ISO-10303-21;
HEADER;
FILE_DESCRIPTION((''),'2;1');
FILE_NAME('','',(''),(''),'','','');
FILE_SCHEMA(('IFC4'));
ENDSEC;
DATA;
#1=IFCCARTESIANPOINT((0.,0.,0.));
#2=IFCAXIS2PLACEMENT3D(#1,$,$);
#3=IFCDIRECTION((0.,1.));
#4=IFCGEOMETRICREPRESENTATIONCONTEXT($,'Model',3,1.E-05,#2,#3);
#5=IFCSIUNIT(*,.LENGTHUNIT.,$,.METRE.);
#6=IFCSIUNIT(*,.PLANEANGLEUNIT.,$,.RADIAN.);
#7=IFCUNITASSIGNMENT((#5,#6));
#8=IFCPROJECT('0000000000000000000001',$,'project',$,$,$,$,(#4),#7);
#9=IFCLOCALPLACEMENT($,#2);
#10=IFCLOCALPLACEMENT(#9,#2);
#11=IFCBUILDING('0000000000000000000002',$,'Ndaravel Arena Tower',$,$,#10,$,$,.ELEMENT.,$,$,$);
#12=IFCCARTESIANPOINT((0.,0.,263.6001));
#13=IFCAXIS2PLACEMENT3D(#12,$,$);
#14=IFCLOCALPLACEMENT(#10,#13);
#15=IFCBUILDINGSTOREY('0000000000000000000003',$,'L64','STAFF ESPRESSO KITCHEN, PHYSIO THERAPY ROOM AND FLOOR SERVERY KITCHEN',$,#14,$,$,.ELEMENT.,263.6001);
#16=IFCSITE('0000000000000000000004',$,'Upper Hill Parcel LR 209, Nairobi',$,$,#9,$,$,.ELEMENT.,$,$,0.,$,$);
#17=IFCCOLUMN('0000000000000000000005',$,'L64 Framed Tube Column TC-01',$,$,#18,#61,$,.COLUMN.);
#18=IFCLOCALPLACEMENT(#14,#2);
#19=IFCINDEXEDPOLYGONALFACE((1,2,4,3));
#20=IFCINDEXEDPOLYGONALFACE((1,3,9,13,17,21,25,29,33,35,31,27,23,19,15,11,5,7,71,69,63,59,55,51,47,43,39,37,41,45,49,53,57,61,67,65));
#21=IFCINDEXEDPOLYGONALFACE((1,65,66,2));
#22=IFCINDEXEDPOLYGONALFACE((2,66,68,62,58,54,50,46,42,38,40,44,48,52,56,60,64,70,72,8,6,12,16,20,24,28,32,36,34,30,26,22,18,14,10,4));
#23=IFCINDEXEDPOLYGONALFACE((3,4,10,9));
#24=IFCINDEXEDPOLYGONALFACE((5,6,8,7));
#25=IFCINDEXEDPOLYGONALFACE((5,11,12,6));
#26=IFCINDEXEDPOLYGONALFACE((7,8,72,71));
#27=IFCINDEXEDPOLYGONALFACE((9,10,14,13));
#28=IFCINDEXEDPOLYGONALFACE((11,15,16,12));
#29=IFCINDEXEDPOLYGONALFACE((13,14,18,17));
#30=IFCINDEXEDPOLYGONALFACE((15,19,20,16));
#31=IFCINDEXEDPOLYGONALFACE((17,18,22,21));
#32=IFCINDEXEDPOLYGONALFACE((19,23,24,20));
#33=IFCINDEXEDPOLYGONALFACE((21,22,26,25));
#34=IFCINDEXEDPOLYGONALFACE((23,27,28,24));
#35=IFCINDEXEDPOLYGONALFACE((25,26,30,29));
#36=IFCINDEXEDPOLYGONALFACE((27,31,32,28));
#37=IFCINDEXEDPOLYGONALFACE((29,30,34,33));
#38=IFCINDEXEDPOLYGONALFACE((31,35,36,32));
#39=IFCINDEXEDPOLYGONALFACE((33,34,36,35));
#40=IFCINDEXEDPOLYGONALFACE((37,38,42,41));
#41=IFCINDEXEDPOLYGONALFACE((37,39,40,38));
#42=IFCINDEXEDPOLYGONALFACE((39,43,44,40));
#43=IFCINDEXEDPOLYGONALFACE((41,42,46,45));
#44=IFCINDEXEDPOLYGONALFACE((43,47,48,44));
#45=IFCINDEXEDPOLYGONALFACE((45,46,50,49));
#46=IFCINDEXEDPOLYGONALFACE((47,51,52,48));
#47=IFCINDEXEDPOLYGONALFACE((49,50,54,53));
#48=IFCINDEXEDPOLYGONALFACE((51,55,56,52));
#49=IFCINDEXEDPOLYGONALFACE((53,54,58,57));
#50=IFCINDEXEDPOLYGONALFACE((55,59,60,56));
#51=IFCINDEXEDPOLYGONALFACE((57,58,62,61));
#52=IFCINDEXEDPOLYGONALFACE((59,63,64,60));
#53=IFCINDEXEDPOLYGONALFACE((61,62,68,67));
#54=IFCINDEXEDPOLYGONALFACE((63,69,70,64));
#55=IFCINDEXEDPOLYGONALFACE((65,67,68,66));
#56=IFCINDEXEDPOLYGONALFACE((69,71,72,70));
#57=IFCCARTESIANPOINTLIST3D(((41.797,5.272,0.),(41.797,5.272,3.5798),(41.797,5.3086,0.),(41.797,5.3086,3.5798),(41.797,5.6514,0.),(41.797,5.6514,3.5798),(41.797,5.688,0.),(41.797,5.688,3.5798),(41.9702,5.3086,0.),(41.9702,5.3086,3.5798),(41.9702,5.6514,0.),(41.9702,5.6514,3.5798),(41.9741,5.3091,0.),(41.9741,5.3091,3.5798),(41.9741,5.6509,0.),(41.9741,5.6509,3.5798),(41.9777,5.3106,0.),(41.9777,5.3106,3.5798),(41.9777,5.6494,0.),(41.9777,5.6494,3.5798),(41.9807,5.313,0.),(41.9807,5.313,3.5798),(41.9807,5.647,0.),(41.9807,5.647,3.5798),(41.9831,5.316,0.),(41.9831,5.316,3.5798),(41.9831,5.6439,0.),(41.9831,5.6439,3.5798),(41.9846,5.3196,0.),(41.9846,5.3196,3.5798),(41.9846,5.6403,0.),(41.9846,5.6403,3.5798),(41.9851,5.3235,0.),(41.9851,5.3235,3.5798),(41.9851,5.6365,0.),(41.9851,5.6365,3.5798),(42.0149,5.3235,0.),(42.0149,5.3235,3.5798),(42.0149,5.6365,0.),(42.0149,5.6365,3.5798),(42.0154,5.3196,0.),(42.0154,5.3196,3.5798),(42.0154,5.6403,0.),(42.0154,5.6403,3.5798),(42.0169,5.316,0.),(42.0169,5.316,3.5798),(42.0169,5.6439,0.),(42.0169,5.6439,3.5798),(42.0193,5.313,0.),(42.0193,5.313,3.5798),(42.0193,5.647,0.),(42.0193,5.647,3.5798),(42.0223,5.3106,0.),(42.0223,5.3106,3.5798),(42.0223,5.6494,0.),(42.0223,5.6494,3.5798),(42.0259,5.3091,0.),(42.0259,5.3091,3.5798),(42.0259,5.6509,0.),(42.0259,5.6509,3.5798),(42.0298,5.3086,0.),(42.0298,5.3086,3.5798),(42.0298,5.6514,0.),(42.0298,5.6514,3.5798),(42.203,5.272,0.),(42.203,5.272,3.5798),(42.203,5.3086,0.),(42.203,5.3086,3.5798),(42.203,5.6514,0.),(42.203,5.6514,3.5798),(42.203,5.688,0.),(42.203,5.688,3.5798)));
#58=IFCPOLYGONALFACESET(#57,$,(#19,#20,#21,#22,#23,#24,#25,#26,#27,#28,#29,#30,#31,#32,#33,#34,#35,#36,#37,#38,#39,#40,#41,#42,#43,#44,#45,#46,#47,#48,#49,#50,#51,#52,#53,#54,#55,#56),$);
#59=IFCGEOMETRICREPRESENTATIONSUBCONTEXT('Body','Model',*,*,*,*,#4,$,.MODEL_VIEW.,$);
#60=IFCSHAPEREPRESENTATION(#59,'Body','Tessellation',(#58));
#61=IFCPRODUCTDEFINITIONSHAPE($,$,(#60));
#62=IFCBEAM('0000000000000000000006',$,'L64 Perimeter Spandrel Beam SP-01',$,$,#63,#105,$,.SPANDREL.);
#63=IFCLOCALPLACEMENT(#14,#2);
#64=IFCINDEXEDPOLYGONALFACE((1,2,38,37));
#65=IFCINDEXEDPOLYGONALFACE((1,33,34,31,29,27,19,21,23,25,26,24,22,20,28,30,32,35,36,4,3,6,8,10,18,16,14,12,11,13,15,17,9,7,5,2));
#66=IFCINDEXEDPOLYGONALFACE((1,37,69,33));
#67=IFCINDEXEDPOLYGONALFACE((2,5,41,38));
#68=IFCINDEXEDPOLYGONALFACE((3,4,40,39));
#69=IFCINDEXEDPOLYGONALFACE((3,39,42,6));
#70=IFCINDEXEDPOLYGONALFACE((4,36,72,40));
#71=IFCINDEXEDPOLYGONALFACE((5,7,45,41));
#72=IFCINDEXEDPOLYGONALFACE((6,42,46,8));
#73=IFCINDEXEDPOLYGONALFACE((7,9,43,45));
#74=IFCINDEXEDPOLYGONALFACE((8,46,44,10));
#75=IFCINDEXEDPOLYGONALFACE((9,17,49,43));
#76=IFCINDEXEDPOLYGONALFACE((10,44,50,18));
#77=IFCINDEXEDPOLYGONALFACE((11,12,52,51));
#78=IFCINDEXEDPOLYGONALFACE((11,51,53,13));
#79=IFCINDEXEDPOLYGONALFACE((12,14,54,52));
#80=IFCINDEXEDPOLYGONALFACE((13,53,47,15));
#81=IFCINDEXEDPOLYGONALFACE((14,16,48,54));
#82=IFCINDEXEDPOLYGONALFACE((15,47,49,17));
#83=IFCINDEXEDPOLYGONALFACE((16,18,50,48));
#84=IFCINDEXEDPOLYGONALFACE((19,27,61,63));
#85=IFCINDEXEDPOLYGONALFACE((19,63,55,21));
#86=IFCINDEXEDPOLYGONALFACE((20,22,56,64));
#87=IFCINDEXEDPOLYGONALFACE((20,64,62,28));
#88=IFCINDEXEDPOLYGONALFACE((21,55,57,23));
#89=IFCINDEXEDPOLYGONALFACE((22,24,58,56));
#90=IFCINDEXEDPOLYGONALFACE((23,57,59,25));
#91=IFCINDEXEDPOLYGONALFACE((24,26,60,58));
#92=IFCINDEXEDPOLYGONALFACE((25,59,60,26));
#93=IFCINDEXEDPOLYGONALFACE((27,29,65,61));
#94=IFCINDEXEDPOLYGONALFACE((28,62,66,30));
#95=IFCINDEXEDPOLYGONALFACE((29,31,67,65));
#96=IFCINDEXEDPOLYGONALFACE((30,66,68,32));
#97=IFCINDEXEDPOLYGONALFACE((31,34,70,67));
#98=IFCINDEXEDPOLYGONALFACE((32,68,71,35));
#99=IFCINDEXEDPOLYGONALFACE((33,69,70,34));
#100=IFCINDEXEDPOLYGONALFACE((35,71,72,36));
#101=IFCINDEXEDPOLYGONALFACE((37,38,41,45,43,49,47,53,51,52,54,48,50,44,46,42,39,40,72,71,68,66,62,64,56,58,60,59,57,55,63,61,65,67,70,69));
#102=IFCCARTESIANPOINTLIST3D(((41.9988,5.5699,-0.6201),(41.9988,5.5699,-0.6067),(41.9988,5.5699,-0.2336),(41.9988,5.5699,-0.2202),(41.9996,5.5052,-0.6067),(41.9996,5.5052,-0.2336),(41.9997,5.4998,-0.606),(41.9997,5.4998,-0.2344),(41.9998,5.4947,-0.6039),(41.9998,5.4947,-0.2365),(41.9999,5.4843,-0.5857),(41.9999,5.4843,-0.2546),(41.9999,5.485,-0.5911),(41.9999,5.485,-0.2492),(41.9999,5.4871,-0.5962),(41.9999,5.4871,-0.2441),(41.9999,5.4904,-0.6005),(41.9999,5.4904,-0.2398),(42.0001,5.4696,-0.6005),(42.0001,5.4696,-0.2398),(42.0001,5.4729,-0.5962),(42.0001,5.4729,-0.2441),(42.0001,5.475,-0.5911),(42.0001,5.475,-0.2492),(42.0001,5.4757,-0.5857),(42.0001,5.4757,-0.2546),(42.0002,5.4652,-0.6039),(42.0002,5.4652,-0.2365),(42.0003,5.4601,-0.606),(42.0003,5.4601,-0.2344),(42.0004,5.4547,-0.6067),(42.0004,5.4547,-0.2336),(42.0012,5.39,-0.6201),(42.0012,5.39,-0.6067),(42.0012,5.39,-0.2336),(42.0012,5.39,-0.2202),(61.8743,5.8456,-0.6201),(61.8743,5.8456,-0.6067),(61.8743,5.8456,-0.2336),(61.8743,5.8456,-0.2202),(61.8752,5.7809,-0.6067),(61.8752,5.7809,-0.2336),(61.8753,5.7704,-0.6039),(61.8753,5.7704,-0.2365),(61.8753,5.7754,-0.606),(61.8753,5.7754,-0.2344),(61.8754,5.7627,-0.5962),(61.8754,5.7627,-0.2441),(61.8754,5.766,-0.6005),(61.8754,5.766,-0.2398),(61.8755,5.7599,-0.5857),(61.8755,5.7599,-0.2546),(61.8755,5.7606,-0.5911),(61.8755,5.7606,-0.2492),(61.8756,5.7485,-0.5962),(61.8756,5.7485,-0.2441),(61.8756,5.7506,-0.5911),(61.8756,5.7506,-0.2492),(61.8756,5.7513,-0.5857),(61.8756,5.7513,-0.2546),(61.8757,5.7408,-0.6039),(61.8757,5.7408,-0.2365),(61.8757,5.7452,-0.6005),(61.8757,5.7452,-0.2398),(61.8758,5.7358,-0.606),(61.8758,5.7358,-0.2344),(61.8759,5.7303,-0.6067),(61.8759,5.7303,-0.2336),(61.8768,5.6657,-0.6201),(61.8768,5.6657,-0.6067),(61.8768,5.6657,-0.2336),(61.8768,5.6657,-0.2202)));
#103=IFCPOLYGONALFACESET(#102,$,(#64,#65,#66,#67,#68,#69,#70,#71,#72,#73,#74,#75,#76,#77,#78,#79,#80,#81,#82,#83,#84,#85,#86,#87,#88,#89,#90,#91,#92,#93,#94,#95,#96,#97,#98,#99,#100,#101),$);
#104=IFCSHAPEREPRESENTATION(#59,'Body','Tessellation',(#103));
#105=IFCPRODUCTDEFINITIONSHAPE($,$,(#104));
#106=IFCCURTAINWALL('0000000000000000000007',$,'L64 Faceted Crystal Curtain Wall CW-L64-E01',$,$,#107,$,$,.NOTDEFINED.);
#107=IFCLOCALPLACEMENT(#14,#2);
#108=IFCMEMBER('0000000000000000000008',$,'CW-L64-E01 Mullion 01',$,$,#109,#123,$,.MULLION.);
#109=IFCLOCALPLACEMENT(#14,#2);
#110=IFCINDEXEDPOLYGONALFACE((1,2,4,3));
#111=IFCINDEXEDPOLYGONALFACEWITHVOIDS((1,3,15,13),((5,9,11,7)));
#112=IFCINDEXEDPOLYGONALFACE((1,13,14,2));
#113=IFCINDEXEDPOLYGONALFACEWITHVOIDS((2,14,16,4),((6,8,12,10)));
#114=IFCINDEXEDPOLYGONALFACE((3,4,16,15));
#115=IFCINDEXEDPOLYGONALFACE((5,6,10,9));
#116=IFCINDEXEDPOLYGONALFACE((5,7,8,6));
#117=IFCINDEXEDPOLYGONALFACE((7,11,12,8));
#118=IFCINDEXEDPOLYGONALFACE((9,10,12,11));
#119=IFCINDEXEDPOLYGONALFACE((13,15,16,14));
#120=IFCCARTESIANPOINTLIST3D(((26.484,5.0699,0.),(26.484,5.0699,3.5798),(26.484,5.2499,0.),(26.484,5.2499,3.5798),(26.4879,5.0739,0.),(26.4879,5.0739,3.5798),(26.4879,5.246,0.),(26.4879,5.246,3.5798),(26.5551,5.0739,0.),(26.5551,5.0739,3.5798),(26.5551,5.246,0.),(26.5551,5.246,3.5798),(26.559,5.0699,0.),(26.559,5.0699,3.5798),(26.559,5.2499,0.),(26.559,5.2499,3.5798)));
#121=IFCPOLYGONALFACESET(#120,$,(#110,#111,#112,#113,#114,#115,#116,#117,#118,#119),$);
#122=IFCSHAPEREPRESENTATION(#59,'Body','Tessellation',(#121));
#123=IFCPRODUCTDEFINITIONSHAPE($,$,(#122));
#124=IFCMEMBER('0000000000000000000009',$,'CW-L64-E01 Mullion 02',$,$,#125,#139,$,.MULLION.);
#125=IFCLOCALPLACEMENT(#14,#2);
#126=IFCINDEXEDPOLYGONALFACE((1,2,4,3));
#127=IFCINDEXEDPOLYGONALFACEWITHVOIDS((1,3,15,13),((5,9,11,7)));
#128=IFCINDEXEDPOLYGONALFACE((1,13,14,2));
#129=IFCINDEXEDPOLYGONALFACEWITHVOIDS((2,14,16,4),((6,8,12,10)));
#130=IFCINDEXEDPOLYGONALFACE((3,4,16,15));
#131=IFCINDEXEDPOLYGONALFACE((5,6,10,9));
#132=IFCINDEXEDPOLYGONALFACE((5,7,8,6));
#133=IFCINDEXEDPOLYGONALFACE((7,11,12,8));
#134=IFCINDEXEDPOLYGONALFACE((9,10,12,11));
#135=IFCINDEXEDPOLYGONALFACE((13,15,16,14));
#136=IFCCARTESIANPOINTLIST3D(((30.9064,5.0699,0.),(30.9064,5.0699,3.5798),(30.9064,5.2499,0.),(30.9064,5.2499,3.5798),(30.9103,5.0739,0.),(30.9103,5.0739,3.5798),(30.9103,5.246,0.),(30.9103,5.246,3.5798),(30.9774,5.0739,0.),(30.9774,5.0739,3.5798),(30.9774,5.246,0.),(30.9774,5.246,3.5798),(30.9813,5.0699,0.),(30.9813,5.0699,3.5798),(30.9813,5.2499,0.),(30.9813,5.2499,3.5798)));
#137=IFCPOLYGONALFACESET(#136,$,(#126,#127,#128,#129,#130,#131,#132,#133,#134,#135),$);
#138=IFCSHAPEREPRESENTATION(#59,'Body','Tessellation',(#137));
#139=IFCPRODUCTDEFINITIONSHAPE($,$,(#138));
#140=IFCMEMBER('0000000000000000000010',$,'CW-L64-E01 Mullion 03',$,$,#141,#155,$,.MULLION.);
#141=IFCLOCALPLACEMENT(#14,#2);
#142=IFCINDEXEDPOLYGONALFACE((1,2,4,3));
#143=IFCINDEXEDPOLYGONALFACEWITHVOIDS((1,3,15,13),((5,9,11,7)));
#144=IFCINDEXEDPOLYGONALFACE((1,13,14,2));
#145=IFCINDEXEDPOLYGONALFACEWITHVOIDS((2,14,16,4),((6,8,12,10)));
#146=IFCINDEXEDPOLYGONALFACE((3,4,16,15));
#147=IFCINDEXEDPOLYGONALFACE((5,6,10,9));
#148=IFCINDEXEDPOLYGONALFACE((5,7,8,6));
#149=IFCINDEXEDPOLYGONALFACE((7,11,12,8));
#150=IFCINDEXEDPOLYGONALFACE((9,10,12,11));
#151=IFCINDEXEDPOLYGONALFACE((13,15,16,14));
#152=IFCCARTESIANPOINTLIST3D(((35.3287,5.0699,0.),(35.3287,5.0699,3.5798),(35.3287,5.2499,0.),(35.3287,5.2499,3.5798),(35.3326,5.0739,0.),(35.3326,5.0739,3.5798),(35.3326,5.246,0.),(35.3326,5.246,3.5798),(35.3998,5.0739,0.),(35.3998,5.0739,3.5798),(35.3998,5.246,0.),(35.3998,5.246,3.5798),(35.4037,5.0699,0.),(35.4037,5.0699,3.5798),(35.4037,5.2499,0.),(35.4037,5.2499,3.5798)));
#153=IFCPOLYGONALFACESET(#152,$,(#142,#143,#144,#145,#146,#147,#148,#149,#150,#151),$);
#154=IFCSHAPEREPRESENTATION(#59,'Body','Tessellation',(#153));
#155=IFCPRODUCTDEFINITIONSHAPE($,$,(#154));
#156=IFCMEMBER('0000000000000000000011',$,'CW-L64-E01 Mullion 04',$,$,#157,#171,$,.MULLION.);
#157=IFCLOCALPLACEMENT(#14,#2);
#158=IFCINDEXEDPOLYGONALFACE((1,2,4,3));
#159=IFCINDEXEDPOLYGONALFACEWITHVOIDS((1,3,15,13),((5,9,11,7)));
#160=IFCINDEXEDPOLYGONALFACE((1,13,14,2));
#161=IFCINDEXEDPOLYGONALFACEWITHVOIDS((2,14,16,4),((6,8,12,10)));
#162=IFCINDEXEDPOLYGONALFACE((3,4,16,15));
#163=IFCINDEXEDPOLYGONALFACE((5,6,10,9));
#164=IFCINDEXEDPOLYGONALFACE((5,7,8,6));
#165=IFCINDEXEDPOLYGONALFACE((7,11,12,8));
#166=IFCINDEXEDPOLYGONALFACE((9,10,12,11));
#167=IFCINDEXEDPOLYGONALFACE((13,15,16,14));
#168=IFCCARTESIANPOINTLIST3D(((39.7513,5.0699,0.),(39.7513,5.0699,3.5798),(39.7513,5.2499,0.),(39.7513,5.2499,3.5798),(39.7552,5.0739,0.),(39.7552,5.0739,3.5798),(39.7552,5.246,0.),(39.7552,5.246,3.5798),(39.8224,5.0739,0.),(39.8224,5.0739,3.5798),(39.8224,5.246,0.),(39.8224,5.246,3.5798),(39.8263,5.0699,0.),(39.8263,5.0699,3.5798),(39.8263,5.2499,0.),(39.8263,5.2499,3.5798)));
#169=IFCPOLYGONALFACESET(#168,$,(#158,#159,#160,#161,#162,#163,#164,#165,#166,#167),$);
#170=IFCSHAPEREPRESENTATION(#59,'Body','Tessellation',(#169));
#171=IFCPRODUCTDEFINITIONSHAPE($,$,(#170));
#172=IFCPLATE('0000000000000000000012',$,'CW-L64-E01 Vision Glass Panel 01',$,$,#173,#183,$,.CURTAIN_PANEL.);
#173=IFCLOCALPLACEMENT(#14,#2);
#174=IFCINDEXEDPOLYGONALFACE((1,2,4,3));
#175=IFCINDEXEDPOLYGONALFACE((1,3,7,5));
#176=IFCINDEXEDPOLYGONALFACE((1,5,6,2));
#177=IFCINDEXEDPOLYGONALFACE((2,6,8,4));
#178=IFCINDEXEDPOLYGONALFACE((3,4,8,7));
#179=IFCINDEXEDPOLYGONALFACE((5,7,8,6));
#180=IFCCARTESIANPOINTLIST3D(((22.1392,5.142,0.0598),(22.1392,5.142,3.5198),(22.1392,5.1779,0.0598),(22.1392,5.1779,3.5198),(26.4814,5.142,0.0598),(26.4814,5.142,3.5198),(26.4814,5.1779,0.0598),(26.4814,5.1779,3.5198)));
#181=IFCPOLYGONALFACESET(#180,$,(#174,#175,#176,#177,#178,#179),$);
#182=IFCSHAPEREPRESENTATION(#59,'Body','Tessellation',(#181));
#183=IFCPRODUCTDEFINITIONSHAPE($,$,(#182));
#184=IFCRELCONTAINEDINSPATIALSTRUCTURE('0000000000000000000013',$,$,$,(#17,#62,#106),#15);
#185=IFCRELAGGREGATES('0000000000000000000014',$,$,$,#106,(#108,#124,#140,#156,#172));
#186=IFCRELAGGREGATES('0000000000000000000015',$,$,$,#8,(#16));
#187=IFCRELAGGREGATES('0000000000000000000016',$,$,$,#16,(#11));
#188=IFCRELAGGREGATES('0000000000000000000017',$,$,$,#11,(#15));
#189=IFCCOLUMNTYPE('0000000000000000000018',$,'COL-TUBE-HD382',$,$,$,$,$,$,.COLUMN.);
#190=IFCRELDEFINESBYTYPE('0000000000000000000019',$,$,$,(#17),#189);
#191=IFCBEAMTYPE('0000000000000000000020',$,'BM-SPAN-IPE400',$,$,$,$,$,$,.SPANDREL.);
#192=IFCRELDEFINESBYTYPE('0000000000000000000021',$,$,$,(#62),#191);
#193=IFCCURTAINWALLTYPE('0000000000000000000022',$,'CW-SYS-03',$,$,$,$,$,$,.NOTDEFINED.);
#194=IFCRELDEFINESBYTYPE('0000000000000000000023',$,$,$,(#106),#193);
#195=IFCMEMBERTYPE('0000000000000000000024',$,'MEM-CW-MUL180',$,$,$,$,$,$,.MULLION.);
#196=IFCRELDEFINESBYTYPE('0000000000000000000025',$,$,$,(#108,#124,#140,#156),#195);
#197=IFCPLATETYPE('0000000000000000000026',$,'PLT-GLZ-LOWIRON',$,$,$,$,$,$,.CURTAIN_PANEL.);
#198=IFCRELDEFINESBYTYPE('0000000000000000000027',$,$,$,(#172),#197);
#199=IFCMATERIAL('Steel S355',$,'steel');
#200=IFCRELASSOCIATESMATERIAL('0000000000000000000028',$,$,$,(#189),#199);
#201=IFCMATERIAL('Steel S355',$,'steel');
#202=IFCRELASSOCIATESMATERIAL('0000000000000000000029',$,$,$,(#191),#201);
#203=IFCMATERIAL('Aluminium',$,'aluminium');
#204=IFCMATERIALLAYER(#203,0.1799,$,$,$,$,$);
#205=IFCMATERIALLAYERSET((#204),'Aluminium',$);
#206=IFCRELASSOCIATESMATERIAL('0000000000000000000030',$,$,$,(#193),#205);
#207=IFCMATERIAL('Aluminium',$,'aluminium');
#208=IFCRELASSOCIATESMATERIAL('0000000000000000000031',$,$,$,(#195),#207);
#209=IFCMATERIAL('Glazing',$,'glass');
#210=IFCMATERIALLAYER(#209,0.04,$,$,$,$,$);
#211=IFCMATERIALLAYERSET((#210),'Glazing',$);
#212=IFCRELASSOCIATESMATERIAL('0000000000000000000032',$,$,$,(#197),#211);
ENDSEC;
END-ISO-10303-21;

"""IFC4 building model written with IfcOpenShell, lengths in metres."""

from ifc_helpers import new_model, si_unit, direction, frame, origin, origin_2d, place, context, subcontext, project, spatial, rectangle, hollow_rectangle, i_section, extrude, material, layer, layer_set, material_profile, profile_set, type_object, element, aggregate, save


model = new_model("IFC4")

# Units and contexts
model_context = context("Model", 3, precision=1e-05, world=origin(), true_north=direction((0.0, 1.0)))
body_context = subcontext(model_context, "Body", "Model", "MODEL_VIEW")
ifc_project = project(units=[si_unit("LENGTHUNIT", "METRE"), si_unit("PLANEANGLEUNIT", "RADIAN")], contexts=[model_context])

# Site, building, storey
site_placement = place(None, origin())
site = spatial("IfcSite", under=ifc_project, at=site_placement, Name="Upper Hill Parcel LR 209, Nairobi", CompositionType="ELEMENT", RefElevation=0.0)
building_placement = place(site_placement, origin())
building = spatial("IfcBuilding", under=site, at=building_placement, Name="Ndaravel Arena Tower", CompositionType="ELEMENT")
storey_placement = place(building_placement, frame((0.0, 0.0, 263.6001)))
storey = spatial("IfcBuildingStorey", under=building, at=storey_placement, Name="L64", Description="STAFF ESPRESSO KITCHEN, PHYSIO THERAPY ROOM AND FLOOR SERVERY KITCHEN", CompositionType="ELEMENT", Elevation=263.6001)

# Column
ifc_material_1 = material(Name="Steel S355", Category="steel")
ifc_material_profile_1 = material_profile(ifc_material_1, i_section(OverallWidth=0.406, OverallDepth=0.416, WebThickness=0.0298, FlangeThickness=0.0366, FilletRadius=0.0149, at=origin_2d()), Name="HD 400x382")
ifc_profile_set_1 = profile_set([ifc_material_profile_1], Name="Steel S355")
column_type = type_object("IfcColumnType", Name="COL-TUBE-HD382", PredefinedType="COLUMN", material=ifc_profile_set_1)
column_placement = place(storey_placement, frame((42.0, 5.48, 0.0), z_axis=(0.0, 0.0, 1.0), x_axis=(1.0, 0.0, 0.0)))
element("IfcColumn", 1, at=column_placement, inside=storey, type_object=column_type, Name="L64 Framed Tube Column TC-01", PredefinedType="COLUMN", context=body_context, shape_type="SweptSolid", body=[
    extrude(i_section(OverallWidth=0.406, OverallDepth=0.416, WebThickness=0.0298, FlangeThickness=0.0366, FilletRadius=0.0149, at=origin_2d()), origin(), (0.0, 0.0, 1.0), 3.5798),
])

# Beam
ifc_material_2 = material(Name="Steel S355", Category="steel")
ifc_material_profile_2 = material_profile(ifc_material_2, i_section(OverallWidth=0.1799, OverallDepth=0.3999, WebThickness=0.0085, FlangeThickness=0.0134, FilletRadius=0.021, at=origin_2d()), Name="IPE 400")
ifc_profile_set_2 = profile_set([ifc_material_profile_2], Name="Steel S355")
beam_type = type_object("IfcBeamType", Name="BM-SPAN-IPE400", PredefinedType="SPANDREL", material=ifc_profile_set_2)
beam_placement = place(storey_placement, frame((42.0, 5.48, -0.4202), z_axis=(0.999904, 0.013867, 0.0), x_axis=(-0.013867, 0.999904, 0.0)))
element("IfcBeam", 2, at=beam_placement, inside=storey, type_object=beam_type, Name="L64 Perimeter Spandrel Beam SP-01", PredefinedType="SPANDREL", context=body_context, shape_type="SweptSolid", body=[
    extrude(i_section(OverallWidth=0.1799, OverallDepth=0.3999, WebThickness=0.0085, FlangeThickness=0.0134, FilletRadius=0.021, at=origin_2d()), origin(), (0.0, 0.0, 1.0), 19.8774),
])

# Curtain wall, members, plate
ifc_material_3 = material(Name="Aluminium", Category="aluminium")
ifc_layer_1 = layer(ifc_material_3, 0.1799)
ifc_layer_set_1 = layer_set([ifc_layer_1], Name="Aluminium")
curtain_wall_type = type_object("IfcCurtainWallType", Name="CW-SYS-03", PredefinedType="NOTDEFINED", material=ifc_layer_set_1)
curtain_wall_placement = place(storey_placement, origin())
curtain_wall = element("IfcCurtainWall", 3, at=curtain_wall_placement, inside=storey, type_object=curtain_wall_type, Name="L64 Faceted Crystal Curtain Wall CW-L64-E01", PredefinedType="NOTDEFINED")
ifc_material_4 = material(Name="Aluminium", Category="aluminium")
ifc_material_profile_3 = material_profile(ifc_material_4, hollow_rectangle(XDim=0.075, YDim=0.1799, WallThickness=0.0039, at=origin_2d()), Name="CW MULLION 75x180x4")
ifc_profile_set_3 = profile_set([ifc_material_profile_3], Name="Aluminium")
member_type = type_object("IfcMemberType", Name="MEM-CW-MUL180", PredefinedType="MULLION", material=ifc_profile_set_3)
member_1_placement = place(storey_placement, frame((26.5215, 5.1599, 0.0), z_axis=(0.0, 0.0, 1.0), x_axis=(1.0, 0.0, 0.0)))
member_1 = element("IfcMember", 4, at=member_1_placement, type_object=member_type, Name="CW-L64-E01 Mullion 01", PredefinedType="MULLION", context=body_context, shape_type="SweptSolid", body=[
    extrude(hollow_rectangle(XDim=0.075, YDim=0.1799, WallThickness=0.0039, at=origin_2d()), origin(), (0.0, 0.0, 1.0), 3.5798),
])
member_2_placement = place(storey_placement, frame((30.9438, 5.1599, 0.0), z_axis=(0.0, 0.0, 1.0), x_axis=(1.0, 0.0, 0.0)))
member_2 = element("IfcMember", 5, at=member_2_placement, type_object=member_type, Name="CW-L64-E01 Mullion 02", PredefinedType="MULLION", context=body_context, shape_type="SweptSolid", body=[
    extrude(hollow_rectangle(XDim=0.075, YDim=0.1799, WallThickness=0.0039, at=origin_2d()), origin(), (0.0, 0.0, 1.0), 3.5798),
])
member_3_placement = place(storey_placement, frame((35.3662, 5.1599, 0.0), z_axis=(0.0, 0.0, 1.0), x_axis=(1.0, 0.0, 0.0)))
member_3 = element("IfcMember", 6, at=member_3_placement, type_object=member_type, Name="CW-L64-E01 Mullion 03", PredefinedType="MULLION", context=body_context, shape_type="SweptSolid", body=[
    extrude(hollow_rectangle(XDim=0.075, YDim=0.1799, WallThickness=0.0039, at=origin_2d()), origin(), (0.0, 0.0, 1.0), 3.5798),
])
member_4_placement = place(storey_placement, frame((39.7888, 5.1599, 0.0), z_axis=(0.0, 0.0, 1.0), x_axis=(1.0, 0.0, 0.0)))
member_4 = element("IfcMember", 7, at=member_4_placement, type_object=member_type, Name="CW-L64-E01 Mullion 04", PredefinedType="MULLION", context=body_context, shape_type="SweptSolid", body=[
    extrude(hollow_rectangle(XDim=0.075, YDim=0.1799, WallThickness=0.0039, at=origin_2d()), origin(), (0.0, 0.0, 1.0), 3.5798),
])
ifc_material_5 = material(Name="Glazing", Category="glass")
ifc_layer_2 = layer(ifc_material_5, 0.04)
ifc_layer_set_2 = layer_set([ifc_layer_2], Name="Glazing")
plate_type = type_object("IfcPlateType", Name="PLT-GLZ-LOWIRON", PredefinedType="CURTAIN_PANEL", material=ifc_layer_set_2)
plate_1_placement = place(storey_placement, frame((24.3103, 5.1599, 0.0598), z_axis=(0.0, 0.0, 1.0), x_axis=(1.0, 0.0, 0.0)))
plate_1 = element("IfcPlate", 8, at=plate_1_placement, type_object=plate_type, Name="CW-L64-E01 Vision Glass Panel 01", PredefinedType="CURTAIN_PANEL", context=body_context, shape_type="SweptSolid", body=[
    extrude(rectangle(XDim=4.3423, YDim=0.0359, at=origin_2d()), origin(), (0.0, 0.0, 1.0), 3.46),
])
aggregate(curtain_wall, [member_1, member_2, member_3, member_4, plate_1])

save(model, "model.ifc")
